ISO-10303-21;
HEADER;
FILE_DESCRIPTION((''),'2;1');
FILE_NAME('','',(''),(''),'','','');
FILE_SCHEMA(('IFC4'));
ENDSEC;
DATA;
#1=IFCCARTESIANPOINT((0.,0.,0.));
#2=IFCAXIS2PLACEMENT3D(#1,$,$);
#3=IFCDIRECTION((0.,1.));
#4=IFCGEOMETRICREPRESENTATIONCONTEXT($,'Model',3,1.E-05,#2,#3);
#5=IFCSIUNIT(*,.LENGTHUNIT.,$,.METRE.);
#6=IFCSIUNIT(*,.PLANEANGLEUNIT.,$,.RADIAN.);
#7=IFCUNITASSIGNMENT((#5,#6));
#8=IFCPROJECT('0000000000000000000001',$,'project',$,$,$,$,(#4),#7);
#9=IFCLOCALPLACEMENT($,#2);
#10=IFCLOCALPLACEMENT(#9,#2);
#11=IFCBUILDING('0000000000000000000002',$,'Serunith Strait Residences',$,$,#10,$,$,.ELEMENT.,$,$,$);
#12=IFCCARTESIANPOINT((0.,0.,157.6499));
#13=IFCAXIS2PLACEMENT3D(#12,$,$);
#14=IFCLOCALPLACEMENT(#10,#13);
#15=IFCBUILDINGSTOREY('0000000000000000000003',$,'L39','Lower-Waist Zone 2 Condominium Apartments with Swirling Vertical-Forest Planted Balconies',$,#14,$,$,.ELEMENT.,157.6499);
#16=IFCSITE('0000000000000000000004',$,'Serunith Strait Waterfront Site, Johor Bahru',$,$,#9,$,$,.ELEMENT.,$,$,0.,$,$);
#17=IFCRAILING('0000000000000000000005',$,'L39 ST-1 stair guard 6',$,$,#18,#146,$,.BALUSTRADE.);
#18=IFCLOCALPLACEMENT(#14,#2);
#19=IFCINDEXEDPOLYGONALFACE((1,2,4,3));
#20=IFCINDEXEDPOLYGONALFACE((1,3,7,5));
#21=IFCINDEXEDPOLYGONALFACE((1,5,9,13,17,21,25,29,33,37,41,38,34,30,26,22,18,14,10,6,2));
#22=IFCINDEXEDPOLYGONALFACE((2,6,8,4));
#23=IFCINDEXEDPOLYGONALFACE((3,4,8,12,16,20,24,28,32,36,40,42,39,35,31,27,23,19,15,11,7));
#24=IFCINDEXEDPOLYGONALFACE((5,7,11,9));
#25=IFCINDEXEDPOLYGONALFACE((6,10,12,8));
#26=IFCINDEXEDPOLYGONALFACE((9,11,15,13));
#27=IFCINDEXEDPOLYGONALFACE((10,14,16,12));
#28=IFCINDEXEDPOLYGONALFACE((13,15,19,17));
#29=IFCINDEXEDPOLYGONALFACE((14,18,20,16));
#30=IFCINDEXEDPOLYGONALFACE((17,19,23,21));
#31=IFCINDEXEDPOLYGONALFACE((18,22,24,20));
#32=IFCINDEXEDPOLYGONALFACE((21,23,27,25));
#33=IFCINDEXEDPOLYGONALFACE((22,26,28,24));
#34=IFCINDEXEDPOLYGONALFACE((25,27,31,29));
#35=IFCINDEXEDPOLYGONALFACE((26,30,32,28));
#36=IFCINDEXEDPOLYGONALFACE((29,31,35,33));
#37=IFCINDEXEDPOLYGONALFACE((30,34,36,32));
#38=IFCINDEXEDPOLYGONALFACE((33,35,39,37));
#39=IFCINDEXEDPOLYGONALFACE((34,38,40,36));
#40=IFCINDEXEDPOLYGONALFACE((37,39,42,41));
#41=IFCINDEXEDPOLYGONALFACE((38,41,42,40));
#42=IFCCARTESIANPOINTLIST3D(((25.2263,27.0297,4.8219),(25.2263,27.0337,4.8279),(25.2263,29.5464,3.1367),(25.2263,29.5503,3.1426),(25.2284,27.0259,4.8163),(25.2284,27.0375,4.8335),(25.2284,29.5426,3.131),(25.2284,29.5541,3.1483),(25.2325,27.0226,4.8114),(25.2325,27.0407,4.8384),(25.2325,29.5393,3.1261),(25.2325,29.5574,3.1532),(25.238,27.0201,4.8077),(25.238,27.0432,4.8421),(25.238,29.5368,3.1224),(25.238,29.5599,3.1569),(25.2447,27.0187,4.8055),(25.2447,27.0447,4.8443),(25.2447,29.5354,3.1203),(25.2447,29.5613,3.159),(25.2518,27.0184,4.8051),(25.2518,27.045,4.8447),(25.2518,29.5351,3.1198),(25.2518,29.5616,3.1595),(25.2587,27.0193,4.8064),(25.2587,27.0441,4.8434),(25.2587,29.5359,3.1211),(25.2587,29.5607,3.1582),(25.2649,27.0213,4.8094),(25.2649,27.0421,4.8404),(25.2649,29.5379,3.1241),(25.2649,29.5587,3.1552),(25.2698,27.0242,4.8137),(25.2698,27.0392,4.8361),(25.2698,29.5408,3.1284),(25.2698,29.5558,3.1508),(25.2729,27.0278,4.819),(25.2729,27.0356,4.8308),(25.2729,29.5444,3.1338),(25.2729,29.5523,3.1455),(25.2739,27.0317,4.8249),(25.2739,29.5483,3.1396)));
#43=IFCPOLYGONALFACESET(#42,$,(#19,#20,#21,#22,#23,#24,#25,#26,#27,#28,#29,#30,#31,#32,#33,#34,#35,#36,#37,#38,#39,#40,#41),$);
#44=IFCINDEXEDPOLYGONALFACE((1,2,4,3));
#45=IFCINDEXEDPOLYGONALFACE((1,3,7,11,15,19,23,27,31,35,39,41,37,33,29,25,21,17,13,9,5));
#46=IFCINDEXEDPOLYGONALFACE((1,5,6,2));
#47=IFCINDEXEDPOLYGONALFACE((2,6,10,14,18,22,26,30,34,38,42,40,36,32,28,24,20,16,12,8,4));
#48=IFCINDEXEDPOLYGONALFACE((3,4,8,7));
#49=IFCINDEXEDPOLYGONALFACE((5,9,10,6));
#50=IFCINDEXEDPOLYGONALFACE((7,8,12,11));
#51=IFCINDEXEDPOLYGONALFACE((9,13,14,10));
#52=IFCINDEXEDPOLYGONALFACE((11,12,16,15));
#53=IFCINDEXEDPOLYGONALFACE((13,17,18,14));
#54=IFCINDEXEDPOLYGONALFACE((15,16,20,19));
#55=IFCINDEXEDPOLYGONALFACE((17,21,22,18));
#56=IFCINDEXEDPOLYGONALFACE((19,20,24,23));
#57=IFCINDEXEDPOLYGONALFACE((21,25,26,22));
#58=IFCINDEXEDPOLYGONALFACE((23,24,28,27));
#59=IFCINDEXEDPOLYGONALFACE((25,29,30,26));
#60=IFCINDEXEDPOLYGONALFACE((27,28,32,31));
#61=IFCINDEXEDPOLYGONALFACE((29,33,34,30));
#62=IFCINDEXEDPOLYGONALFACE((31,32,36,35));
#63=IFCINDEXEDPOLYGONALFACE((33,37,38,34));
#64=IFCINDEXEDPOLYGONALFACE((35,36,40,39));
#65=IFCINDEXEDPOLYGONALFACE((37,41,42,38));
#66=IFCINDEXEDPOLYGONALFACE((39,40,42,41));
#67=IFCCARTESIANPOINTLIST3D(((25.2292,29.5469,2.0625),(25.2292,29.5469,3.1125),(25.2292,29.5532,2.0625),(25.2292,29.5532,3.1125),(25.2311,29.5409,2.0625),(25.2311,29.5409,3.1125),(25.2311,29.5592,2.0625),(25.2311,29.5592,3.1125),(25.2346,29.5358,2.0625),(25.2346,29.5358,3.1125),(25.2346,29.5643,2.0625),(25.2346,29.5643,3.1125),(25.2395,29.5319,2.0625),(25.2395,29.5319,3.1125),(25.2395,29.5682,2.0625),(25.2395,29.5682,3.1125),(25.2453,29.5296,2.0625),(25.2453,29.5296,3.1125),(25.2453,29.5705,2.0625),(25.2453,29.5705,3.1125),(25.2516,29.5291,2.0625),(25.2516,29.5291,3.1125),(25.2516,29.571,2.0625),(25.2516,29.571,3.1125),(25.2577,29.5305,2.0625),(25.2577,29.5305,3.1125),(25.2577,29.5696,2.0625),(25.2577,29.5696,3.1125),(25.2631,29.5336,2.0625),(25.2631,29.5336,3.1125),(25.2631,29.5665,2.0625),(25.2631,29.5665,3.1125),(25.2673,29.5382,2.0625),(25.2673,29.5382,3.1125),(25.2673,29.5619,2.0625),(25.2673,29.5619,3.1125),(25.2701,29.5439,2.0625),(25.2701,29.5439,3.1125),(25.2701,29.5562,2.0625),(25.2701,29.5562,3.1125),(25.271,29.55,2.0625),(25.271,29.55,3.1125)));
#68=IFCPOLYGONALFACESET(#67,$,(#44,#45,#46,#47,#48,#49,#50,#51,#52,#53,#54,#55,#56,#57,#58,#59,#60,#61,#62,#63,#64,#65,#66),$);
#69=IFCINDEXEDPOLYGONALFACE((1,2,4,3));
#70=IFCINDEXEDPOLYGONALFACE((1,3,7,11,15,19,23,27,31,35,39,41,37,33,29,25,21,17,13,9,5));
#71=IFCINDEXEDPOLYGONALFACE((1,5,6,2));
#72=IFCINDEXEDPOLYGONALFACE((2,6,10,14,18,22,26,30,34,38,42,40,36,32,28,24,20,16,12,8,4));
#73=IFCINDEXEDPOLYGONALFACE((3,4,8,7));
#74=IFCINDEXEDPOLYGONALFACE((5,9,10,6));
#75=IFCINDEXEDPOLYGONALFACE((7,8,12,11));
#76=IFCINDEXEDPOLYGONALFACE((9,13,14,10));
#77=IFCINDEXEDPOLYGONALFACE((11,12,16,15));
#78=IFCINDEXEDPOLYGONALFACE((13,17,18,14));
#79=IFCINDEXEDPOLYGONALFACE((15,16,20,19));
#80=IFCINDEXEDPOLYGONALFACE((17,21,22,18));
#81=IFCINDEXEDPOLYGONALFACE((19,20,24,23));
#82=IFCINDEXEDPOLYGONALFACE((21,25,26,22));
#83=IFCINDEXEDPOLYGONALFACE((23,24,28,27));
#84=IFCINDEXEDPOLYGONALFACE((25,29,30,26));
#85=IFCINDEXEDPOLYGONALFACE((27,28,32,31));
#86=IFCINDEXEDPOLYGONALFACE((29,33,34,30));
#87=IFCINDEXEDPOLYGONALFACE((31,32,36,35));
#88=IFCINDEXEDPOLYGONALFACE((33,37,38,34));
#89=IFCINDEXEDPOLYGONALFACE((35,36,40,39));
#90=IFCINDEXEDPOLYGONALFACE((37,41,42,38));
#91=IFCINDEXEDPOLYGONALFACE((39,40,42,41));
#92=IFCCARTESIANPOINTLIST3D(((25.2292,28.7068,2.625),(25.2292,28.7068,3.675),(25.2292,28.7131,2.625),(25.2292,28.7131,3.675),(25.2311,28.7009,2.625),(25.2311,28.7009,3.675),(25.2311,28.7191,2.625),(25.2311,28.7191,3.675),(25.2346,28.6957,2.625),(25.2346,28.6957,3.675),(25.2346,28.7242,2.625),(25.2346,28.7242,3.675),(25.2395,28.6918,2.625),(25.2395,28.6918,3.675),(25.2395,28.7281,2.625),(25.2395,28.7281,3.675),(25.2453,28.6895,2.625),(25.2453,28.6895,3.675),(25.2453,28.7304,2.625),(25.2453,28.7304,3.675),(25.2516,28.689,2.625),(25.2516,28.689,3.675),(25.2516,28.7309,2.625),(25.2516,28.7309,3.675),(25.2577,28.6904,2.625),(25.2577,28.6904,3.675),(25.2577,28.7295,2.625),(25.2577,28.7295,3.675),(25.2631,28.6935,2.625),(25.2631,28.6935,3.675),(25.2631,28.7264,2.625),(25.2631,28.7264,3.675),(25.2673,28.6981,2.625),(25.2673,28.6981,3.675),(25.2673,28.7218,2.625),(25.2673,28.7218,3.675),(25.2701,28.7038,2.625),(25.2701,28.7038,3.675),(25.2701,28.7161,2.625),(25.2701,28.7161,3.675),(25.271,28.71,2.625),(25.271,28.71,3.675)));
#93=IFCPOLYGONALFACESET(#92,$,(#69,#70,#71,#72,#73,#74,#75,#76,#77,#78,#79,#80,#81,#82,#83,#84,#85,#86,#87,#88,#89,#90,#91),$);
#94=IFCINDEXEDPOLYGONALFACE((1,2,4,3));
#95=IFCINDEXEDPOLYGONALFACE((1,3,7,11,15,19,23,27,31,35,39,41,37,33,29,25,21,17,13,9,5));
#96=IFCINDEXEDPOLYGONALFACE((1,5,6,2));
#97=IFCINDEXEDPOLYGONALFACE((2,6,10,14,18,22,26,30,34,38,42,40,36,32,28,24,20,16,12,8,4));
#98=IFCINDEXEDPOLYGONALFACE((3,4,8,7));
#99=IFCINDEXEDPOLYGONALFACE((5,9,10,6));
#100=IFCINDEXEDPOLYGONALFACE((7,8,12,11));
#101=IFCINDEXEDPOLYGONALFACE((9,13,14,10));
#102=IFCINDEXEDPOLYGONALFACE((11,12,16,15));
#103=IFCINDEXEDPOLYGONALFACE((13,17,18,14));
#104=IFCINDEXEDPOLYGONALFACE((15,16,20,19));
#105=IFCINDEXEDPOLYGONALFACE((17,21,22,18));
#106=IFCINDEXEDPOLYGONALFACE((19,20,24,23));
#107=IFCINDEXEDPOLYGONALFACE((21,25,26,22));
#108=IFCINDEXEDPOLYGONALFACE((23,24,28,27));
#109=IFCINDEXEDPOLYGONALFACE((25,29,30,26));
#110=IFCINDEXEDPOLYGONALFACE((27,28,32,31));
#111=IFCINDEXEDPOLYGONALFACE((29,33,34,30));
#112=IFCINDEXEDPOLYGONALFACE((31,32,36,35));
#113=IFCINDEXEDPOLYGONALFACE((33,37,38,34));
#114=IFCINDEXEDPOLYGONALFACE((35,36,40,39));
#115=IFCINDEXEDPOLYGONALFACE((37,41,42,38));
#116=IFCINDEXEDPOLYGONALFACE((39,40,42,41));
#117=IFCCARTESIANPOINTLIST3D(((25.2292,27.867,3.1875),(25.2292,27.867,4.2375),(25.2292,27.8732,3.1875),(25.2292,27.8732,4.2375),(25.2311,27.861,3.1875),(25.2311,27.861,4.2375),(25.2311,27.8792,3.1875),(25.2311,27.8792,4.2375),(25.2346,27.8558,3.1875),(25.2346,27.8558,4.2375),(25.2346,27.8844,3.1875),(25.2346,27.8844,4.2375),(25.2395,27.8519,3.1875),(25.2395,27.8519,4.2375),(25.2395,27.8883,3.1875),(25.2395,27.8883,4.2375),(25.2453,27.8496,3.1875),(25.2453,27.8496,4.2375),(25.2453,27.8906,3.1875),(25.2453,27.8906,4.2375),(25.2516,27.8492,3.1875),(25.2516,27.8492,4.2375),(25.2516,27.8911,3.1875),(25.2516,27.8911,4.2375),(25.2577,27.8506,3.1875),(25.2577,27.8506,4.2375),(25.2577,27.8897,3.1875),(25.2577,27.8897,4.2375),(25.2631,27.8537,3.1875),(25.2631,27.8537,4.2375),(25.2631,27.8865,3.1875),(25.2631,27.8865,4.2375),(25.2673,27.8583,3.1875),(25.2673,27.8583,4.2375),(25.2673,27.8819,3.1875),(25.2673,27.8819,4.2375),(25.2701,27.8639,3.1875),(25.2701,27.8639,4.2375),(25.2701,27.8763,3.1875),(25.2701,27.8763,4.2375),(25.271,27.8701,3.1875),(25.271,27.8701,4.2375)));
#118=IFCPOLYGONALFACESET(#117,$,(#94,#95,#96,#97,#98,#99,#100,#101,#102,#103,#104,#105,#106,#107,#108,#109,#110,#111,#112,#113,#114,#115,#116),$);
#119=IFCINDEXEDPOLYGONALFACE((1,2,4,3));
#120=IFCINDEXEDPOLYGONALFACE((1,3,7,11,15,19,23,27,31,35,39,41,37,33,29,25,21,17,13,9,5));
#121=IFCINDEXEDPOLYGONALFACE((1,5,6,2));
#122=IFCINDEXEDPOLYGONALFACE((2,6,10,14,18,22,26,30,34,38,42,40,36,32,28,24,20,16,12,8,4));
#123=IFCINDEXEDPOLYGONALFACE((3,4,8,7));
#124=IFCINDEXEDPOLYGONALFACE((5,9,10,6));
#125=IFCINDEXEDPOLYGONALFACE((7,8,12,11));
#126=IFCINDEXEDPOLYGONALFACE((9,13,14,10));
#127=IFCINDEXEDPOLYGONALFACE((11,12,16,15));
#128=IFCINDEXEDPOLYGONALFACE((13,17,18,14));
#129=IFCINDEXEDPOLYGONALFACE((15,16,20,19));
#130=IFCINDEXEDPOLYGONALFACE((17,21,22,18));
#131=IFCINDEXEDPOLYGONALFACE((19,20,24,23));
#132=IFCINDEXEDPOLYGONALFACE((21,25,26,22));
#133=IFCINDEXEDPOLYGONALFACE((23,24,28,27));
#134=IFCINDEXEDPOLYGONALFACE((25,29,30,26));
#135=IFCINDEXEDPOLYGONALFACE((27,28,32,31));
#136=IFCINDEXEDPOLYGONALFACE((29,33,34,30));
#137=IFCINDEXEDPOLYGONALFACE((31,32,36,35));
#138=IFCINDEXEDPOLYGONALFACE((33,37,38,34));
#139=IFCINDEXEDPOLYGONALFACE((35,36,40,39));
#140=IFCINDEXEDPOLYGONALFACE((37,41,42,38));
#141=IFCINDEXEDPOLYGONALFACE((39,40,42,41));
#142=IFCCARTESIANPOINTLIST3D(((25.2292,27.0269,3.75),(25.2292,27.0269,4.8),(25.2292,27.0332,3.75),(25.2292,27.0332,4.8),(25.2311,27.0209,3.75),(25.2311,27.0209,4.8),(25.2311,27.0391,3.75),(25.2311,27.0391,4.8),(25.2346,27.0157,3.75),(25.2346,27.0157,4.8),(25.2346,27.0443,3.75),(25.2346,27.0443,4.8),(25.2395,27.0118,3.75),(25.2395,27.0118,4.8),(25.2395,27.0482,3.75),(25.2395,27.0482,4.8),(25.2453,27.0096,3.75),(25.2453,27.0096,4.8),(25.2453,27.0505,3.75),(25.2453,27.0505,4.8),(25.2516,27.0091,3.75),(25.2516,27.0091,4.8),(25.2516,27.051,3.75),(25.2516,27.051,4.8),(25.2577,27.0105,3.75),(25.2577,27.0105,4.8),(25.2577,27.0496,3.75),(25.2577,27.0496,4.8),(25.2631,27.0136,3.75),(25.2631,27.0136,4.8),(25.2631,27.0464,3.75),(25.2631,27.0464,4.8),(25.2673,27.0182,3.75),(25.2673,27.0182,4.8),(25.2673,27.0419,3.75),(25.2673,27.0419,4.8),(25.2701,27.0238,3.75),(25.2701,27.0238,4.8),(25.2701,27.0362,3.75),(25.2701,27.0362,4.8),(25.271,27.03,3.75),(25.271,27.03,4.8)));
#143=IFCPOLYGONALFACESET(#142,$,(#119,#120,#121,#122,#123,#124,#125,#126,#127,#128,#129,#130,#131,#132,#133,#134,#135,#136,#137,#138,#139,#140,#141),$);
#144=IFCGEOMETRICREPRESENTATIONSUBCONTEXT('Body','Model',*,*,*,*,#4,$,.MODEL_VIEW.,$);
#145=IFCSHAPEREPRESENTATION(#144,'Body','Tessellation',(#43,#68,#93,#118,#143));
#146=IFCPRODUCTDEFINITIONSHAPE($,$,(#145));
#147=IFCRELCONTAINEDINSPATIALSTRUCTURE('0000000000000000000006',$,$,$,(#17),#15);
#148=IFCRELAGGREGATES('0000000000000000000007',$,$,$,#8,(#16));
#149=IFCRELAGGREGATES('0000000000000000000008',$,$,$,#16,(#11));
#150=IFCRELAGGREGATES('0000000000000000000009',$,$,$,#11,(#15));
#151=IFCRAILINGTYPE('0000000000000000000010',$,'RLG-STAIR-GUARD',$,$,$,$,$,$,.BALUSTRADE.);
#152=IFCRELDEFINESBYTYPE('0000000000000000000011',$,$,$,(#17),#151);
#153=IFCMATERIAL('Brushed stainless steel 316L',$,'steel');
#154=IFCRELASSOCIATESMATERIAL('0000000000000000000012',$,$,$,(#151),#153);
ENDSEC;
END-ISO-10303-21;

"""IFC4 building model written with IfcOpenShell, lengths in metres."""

from ifc_helpers import new_model, si_unit, direction, frame, origin, origin_2d, place, context, subcontext, project, spatial, circle, extrude, material, type_object, element, save


model = new_model("IFC4")

# Units and contexts
model_context = context("Model", 3, precision=1e-05, world=origin(), true_north=direction((0.0, 1.0)))
body_context = subcontext(model_context, "Body", "Model", "MODEL_VIEW")
ifc_project = project(units=[si_unit("LENGTHUNIT", "METRE"), si_unit("PLANEANGLEUNIT", "RADIAN")], contexts=[model_context])

# Site, building, storey
site_placement = place(None, origin())
site = spatial("IfcSite", under=ifc_project, at=site_placement, Name="Serunith Strait Waterfront Site, Johor Bahru", CompositionType="ELEMENT", RefElevation=0.0)
building_placement = place(site_placement, origin())
building = spatial("IfcBuilding", under=site, at=building_placement, Name="Serunith Strait Residences", CompositionType="ELEMENT")
storey_placement = place(building_placement, frame((0.0, 0.0, 157.6499)))
storey = spatial("IfcBuildingStorey", under=building, at=storey_placement, Name="L39", Description="Lower-Waist Zone 2 Condominium Apartments with Swirling Vertical-Forest Planted Balconies", CompositionType="ELEMENT", Elevation=157.6499)

# Railing
ifc_material_1 = material(Name="Brushed stainless steel 316L", Category="steel")
railing_type_1 = type_object("IfcRailingType", Name="RLG-STAIR-GUARD", PredefinedType="BALUSTRADE", material=ifc_material_1)
railing_1_placement = place(storey_placement, frame((25.25, 29.55, 2.0625)))
element("IfcRailing", 1, at=railing_1_placement, inside=storey, type_object=railing_type_1, Name="L39 ST-1 stair guard 6", PredefinedType="BALUSTRADE", context=body_context, shape_type="SweptSolid", body=[
    extrude(circle(Radius=0.0239, at=origin_2d()), frame((0.0, -0.0017, 1.0771), z_axis=(0.0, -0.830909, 0.556408), x_axis=(1.0, 0.0, 0.0)), (0.0, 0.0, 1.0), 3.0288),
    extrude(circle(Radius=0.021, at=origin_2d()), origin(), (0.0, 0.0, 1.0), 1.05),
    extrude(circle(Radius=0.021, at=origin_2d()), frame((0.0, -0.8401, 0.5625)), (0.0, 0.0, 1.0), 1.05),
    extrude(circle(Radius=0.021, at=origin_2d()), frame((0.0, -1.6799, 1.125)), (0.0, 0.0, 1.0), 1.05),
    extrude(circle(Radius=0.021, at=origin_2d()), frame((0.0, -2.52, 1.6875)), (0.0, 0.0, 1.0), 1.05),
])

save(model, "model.ifc")
